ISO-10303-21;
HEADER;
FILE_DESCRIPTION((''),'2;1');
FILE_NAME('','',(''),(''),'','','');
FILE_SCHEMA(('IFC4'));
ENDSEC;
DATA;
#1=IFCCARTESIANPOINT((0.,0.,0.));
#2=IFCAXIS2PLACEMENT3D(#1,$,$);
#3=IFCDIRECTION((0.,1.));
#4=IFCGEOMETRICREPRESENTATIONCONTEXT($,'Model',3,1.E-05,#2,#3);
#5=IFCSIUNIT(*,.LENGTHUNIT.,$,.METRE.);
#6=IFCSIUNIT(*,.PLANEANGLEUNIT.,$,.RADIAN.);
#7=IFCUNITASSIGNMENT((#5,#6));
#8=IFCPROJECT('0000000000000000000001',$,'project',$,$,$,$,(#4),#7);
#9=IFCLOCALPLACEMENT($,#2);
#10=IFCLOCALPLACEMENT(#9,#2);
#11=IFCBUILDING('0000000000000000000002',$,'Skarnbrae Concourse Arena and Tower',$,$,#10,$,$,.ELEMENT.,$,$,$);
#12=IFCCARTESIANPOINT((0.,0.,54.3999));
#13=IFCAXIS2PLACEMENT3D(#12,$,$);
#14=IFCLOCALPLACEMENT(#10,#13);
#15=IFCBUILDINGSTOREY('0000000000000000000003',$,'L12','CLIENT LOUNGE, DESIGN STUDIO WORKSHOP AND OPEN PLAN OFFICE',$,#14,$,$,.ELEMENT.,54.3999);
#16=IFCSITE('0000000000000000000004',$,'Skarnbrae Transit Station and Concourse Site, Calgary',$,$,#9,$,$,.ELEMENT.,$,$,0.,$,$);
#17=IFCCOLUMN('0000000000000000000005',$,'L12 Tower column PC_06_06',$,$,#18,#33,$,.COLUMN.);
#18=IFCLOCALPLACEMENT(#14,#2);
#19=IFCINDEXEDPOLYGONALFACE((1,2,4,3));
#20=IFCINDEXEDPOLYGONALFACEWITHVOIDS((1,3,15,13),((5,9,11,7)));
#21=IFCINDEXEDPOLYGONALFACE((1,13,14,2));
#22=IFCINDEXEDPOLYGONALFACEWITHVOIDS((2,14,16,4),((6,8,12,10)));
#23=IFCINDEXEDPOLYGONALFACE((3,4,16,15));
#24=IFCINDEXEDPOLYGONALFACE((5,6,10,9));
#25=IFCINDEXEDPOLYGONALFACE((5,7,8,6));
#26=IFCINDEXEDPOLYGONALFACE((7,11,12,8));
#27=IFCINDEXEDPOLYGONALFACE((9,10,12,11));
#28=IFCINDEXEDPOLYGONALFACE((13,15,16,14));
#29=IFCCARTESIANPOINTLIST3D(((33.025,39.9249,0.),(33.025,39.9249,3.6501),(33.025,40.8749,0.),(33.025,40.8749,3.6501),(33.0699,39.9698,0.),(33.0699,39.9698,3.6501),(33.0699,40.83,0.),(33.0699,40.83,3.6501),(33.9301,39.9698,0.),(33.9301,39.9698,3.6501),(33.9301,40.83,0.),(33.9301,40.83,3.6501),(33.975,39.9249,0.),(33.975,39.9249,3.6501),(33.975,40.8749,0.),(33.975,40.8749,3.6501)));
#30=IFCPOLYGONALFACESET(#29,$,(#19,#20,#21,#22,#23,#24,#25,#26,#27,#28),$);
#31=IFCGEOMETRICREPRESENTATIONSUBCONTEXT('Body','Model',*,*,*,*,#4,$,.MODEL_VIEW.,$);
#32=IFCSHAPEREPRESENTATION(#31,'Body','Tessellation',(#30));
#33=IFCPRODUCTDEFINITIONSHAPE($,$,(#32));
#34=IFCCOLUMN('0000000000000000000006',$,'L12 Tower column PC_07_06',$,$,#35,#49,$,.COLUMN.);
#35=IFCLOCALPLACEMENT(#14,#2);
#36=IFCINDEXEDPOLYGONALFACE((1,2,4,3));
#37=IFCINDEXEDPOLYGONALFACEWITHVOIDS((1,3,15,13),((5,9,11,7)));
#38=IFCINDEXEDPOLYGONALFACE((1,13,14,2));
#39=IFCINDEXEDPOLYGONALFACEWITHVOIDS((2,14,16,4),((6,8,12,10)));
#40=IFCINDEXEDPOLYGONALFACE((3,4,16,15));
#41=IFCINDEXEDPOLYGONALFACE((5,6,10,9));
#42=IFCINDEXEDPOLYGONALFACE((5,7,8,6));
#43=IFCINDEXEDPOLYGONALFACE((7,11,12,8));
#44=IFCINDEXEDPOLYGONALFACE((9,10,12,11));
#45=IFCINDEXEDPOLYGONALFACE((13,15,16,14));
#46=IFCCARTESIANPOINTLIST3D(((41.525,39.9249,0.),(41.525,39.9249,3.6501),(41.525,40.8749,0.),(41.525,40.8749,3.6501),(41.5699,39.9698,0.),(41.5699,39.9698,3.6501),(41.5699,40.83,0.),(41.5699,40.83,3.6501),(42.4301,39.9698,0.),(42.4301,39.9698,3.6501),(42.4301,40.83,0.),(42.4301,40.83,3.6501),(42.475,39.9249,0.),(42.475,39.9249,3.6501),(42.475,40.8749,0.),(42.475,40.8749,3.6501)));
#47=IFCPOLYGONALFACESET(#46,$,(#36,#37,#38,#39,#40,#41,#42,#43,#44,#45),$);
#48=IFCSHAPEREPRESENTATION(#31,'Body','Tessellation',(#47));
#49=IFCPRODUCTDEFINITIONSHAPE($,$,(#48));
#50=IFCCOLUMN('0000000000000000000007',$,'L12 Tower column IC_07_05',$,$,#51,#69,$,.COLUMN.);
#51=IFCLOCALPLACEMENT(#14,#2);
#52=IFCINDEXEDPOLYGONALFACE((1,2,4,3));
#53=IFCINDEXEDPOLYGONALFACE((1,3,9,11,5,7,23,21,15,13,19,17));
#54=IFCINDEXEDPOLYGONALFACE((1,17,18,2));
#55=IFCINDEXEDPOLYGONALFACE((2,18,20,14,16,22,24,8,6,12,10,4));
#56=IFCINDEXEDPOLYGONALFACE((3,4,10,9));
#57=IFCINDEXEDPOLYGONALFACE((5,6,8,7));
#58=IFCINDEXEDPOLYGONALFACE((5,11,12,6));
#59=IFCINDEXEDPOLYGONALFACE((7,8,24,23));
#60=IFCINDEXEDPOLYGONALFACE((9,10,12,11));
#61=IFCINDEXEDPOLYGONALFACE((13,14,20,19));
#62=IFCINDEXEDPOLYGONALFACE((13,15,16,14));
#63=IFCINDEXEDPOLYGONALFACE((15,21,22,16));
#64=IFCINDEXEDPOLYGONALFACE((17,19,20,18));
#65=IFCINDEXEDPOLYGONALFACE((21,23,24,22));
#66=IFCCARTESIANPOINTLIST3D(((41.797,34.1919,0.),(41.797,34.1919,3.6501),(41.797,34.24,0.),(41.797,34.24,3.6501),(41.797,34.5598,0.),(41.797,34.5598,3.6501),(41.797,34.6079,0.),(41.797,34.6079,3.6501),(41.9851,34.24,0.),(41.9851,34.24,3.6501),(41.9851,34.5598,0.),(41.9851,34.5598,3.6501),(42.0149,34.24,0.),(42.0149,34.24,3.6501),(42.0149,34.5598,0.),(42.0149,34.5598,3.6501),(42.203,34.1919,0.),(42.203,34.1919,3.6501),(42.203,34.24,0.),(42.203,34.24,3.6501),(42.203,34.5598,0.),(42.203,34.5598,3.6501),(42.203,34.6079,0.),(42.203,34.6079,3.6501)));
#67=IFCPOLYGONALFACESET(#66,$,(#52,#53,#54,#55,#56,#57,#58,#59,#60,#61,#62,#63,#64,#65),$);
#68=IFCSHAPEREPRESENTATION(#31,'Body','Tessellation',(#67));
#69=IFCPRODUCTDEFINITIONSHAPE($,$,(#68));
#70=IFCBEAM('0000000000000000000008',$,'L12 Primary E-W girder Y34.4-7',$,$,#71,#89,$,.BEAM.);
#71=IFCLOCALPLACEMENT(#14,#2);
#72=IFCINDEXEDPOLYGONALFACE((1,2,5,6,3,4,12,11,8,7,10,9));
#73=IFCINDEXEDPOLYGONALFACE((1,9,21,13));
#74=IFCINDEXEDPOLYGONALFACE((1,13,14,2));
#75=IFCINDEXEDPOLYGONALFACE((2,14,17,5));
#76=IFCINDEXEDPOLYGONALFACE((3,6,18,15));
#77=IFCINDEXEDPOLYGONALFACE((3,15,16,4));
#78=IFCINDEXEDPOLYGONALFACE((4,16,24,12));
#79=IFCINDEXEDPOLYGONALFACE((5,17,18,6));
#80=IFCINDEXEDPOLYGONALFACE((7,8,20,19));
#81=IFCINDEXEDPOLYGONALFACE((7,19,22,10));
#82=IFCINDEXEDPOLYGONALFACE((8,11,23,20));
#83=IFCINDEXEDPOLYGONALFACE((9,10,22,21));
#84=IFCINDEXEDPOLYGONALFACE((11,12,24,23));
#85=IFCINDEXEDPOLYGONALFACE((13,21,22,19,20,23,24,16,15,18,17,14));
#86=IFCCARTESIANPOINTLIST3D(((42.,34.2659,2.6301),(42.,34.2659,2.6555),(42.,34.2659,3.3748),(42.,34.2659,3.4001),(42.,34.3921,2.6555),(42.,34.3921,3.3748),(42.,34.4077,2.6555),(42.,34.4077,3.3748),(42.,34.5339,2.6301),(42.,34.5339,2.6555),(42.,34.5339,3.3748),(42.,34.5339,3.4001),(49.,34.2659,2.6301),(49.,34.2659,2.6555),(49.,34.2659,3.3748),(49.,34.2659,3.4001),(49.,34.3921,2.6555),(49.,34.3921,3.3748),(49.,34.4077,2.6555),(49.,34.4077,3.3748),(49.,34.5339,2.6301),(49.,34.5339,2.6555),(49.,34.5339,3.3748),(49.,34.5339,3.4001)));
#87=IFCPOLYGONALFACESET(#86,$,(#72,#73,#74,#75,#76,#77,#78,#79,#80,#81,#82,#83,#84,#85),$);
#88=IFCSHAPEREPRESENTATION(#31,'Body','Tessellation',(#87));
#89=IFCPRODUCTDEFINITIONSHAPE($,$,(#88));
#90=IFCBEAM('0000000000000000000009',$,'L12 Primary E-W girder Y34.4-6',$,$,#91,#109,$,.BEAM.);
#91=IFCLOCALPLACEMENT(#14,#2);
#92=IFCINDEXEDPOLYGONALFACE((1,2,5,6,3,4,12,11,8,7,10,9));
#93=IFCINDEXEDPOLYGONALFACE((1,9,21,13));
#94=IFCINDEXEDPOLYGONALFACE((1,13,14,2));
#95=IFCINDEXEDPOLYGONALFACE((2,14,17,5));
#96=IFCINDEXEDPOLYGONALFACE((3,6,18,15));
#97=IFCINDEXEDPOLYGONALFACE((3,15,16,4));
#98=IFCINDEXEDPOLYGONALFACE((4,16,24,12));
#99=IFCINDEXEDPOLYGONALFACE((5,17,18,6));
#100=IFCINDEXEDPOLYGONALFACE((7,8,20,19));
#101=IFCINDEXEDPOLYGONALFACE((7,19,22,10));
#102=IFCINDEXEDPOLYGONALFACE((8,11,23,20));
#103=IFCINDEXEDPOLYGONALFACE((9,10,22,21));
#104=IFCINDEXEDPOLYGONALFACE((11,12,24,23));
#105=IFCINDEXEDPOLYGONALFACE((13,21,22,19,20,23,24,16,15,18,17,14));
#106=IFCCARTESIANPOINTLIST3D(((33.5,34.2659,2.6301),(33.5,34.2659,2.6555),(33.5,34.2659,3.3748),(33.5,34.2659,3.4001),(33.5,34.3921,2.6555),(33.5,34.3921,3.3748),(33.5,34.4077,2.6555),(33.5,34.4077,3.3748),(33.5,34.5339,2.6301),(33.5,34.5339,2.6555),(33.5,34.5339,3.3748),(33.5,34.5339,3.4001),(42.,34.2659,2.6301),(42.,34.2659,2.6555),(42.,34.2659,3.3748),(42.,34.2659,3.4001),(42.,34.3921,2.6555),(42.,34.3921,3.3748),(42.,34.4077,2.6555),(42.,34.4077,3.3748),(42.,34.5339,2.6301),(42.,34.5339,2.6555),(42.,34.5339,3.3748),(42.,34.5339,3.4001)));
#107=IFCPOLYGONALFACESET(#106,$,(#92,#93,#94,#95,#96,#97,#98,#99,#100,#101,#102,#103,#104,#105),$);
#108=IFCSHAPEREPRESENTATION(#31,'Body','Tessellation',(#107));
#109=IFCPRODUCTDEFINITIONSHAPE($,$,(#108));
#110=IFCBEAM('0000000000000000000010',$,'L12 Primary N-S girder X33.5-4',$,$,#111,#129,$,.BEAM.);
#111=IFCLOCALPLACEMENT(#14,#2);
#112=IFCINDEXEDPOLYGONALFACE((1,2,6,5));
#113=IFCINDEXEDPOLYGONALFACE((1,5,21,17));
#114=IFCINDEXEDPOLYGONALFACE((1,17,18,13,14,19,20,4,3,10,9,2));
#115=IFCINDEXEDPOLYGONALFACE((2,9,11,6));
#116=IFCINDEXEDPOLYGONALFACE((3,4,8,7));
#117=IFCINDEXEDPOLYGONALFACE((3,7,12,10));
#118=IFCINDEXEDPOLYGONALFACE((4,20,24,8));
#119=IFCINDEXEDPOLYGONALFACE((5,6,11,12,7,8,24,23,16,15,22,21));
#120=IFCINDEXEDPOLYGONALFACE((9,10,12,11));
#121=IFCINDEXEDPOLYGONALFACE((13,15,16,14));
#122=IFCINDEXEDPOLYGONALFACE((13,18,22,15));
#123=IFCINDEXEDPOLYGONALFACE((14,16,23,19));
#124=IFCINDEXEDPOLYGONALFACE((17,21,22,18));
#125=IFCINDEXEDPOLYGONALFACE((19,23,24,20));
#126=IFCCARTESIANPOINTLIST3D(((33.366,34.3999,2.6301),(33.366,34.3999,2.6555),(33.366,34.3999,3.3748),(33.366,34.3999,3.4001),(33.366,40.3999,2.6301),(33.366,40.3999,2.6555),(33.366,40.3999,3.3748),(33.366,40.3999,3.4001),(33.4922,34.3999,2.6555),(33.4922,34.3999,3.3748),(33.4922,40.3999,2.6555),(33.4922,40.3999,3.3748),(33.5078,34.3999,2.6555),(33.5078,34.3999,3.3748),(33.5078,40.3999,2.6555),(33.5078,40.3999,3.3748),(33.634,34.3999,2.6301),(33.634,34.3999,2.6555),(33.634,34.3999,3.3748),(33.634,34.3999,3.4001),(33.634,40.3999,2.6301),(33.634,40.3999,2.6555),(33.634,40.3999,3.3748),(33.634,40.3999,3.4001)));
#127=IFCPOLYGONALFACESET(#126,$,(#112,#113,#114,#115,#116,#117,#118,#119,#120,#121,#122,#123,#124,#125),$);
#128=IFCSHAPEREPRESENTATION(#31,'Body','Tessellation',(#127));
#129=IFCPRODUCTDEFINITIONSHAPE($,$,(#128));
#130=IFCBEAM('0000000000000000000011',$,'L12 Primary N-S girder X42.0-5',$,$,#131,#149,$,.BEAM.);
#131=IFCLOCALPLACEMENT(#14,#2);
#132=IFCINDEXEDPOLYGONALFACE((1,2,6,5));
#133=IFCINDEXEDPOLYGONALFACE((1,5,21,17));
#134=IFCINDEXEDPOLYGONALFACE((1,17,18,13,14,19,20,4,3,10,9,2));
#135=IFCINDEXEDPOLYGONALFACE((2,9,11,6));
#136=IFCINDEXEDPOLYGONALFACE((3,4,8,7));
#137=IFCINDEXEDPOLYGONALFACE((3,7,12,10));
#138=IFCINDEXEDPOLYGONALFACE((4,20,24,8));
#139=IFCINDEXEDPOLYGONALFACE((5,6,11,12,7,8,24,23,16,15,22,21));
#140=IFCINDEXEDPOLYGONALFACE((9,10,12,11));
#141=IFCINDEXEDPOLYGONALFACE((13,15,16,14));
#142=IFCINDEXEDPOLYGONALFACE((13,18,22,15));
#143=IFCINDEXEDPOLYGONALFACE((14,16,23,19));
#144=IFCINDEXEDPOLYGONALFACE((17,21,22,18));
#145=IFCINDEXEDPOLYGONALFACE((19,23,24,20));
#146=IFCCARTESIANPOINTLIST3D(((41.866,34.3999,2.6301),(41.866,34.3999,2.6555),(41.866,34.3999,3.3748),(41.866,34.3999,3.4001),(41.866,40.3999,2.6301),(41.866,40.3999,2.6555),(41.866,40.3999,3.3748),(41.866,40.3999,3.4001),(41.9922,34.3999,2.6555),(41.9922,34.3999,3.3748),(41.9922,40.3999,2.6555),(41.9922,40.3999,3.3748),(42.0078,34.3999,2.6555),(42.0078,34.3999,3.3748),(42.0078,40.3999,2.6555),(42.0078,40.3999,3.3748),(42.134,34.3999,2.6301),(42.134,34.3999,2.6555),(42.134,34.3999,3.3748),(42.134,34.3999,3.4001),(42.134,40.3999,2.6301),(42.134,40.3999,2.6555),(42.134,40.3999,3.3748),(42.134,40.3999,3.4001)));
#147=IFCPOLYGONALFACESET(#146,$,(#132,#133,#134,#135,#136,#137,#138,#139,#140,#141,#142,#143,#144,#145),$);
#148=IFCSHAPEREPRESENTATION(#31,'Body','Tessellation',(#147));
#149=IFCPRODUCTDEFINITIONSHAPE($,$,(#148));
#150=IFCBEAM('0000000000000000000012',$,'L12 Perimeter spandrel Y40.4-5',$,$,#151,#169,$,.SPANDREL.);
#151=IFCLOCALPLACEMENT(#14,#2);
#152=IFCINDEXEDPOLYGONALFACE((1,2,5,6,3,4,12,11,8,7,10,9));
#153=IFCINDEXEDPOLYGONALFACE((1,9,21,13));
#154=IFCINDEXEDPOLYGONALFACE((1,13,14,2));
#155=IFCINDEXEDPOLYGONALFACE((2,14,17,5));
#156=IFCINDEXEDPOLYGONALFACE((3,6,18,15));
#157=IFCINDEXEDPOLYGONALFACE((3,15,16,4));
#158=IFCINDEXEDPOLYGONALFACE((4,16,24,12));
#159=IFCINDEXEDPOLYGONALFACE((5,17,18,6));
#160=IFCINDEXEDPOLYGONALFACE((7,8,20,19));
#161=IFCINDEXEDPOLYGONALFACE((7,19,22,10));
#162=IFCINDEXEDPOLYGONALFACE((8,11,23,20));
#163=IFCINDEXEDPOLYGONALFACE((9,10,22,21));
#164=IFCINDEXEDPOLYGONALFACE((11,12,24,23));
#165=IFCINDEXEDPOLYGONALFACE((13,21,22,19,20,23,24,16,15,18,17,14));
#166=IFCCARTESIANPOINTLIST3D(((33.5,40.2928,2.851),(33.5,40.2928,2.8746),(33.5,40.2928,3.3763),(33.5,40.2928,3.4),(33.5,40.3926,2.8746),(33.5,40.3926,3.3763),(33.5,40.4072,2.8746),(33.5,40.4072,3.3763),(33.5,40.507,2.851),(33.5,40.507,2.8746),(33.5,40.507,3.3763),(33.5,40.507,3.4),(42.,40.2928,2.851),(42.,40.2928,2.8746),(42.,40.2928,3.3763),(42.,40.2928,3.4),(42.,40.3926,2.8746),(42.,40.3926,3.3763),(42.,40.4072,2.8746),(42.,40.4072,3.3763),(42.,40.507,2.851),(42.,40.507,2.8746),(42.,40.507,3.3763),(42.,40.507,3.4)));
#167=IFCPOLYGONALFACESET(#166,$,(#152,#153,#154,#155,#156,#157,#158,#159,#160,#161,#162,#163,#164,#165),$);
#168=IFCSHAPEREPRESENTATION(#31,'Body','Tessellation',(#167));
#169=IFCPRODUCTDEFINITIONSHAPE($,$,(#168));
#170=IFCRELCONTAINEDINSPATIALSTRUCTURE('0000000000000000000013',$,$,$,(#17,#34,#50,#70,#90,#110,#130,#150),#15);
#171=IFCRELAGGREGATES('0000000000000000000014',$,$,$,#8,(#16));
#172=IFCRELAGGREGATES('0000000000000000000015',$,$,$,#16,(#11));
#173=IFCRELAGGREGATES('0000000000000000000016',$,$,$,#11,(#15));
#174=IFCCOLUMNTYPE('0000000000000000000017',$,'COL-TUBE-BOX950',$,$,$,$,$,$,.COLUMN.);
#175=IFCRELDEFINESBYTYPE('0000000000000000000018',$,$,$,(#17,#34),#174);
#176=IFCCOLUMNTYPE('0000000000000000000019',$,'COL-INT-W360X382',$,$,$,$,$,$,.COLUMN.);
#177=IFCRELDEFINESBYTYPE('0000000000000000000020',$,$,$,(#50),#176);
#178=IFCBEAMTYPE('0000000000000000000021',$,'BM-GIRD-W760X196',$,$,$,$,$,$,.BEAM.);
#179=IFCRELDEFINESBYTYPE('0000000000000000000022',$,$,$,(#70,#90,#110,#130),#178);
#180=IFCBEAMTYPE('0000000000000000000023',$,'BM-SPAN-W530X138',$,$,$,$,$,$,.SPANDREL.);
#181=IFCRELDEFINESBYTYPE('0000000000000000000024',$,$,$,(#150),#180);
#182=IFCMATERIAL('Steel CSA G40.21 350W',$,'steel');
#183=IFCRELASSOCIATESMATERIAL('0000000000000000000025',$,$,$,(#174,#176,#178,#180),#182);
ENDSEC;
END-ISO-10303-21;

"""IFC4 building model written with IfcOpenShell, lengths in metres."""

from ifc_helpers import new_model, si_unit, direction, frame, origin, origin_2d, place, context, subcontext, project, spatial, hollow_rectangle, i_section, extrude, source, transform, mapped, material, material_profile, profile_set, type_object, element, save


model = new_model("IFC4")

# Units and contexts
model_context = context("Model", 3, precision=1e-05, world=origin(), true_north=direction((0.0, 1.0)))
body_context = subcontext(model_context, "Body", "Model", "MODEL_VIEW")
ifc_project = project(units=[si_unit("LENGTHUNIT", "METRE"), si_unit("PLANEANGLEUNIT", "RADIAN")], contexts=[model_context])

# Site, building, storey
site_placement = place(None, origin())
site = spatial("IfcSite", under=ifc_project, at=site_placement, Name="Skarnbrae Transit Station and Concourse Site, Calgary", CompositionType="ELEMENT", RefElevation=0.0)
building_placement = place(site_placement, origin())
building = spatial("IfcBuilding", under=site, at=building_placement, Name="Skarnbrae Concourse Arena and Tower", CompositionType="ELEMENT")
storey_placement = place(building_placement, frame((0.0, 0.0, 54.3999)))
storey = spatial("IfcBuildingStorey", under=building, at=storey_placement, Name="L12", Description="CLIENT LOUNGE, DESIGN STUDIO WORKSHOP AND OPEN PLAN OFFICE", CompositionType="ELEMENT", Elevation=54.3999)

# Columns
ifc_material_1 = material(Name="Steel CSA G40.21 350W", Category="steel")
ifc_material_profile_1 = material_profile(ifc_material_1, hollow_rectangle(XDim=0.95, YDim=0.95, WallThickness=0.0449, at=origin_2d()), Name="BOX950X950X45")
ifc_profile_set_1 = profile_set([ifc_material_profile_1], Name="Steel CSA G40.21 350W")
column_type_1 = type_object("IfcColumnType", Name="COL-TUBE-BOX950", PredefinedType="COLUMN", material=ifc_profile_set_1)
shared_shape_1 = source(origin(), body_context, "Body", "SweptSolid", [
    extrude(hollow_rectangle(XDim=0.95, YDim=0.95, WallThickness=0.0449, at=origin_2d()), origin(), (0.0, 0.0, 1.0), 3.6501),
])
for number, where, z_axis, x_axis, name in (
    (1, (33.5, 40.3999, 0.0), (0.0, 0.0, 1.0), (1.0, 0.0, 0.0), "L12 Tower column PC_06_06"),
    (2, (42.0, 40.3999, 0.0), (0.0, 0.0, 1.0), (1.0, 0.0, 0.0), "L12 Tower column PC_07_06"),
):
    element("IfcColumn", number, at=place(storey_placement, frame(where, z_axis=z_axis, x_axis=x_axis)), inside=storey, type_object=column_type_1, Name=name, PredefinedType="COLUMN", context=body_context, shape_type="MappedRepresentation", body=[
        mapped(shared_shape_1, transform((0.0, 0.0, 0.0))),
    ])
ifc_material_profile_2 = material_profile(ifc_material_1, i_section(OverallWidth=0.406, OverallDepth=0.416, WebThickness=0.0298, FlangeThickness=0.0481, at=origin_2d()), Name="W360X382")
ifc_profile_set_2 = profile_set([ifc_material_profile_2], Name="Steel CSA G40.21 350W")
column_type_2 = type_object("IfcColumnType", Name="COL-INT-W360X382", PredefinedType="COLUMN", material=ifc_profile_set_2)
shared_shape_2 = source(origin(), body_context, "Body", "SweptSolid", [
    extrude(i_section(OverallWidth=0.406, OverallDepth=0.416, WebThickness=0.0298, FlangeThickness=0.0481, at=origin_2d()), origin(), (0.0, 0.0, 1.0), 3.6501),
])
column_placement = place(storey_placement, frame((42.0, 34.3999, 0.0), z_axis=(0.0, 0.0, 1.0), x_axis=(1.0, 0.0, 0.0)))
element("IfcColumn", 3, at=column_placement, inside=storey, type_object=column_type_2, Name="L12 Tower column IC_07_05", PredefinedType="COLUMN", context=body_context, shape_type="MappedRepresentation", body=[
    mapped(shared_shape_2, transform((0.0, 0.0, 0.0))),
])

# Beams
ifc_material_profile_3 = material_profile(ifc_material_1, i_section(OverallWidth=0.2681, OverallDepth=0.77, WebThickness=0.0156, FlangeThickness=0.0254, at=origin_2d()), Name="W760X196")
ifc_profile_set_3 = profile_set([ifc_material_profile_3], Name="Steel CSA G40.21 350W")
beam_type_1 = type_object("IfcBeamType", Name="BM-GIRD-W760X196", PredefinedType="BEAM", material=ifc_profile_set_3)
shared_shape_3 = source(origin(), body_context, "Body", "SweptSolid", [
    extrude(i_section(OverallWidth=0.2681, OverallDepth=0.77, WebThickness=0.0156, FlangeThickness=0.0254, at=origin_2d()), origin(), (0.0, 0.0, 1.0), 7.0),
])
beam_1_placement = place(storey_placement, frame((42.0, 34.3999, 3.0151), z_axis=(1.0, 0.0, 0.0), x_axis=(0.0, 1.0, 0.0)))
element("IfcBeam", 4, at=beam_1_placement, inside=storey, type_object=beam_type_1, Name="L12 Primary E-W girder Y34.4-7", PredefinedType="BEAM", context=body_context, shape_type="MappedRepresentation", body=[
    mapped(shared_shape_3, transform((0.0, 0.0, 0.0))),
])
shared_shape_4 = source(origin(), body_context, "Body", "SweptSolid", [
    extrude(i_section(OverallWidth=0.2681, OverallDepth=0.77, WebThickness=0.0156, FlangeThickness=0.0254, at=origin_2d()), origin(), (0.0, 0.0, 1.0), 8.5),
])
beam_2_placement = place(storey_placement, frame((33.5, 34.3999, 3.0151), z_axis=(1.0, 0.0, 0.0), x_axis=(0.0, 1.0, 0.0)))
element("IfcBeam", 5, at=beam_2_placement, inside=storey, type_object=beam_type_1, Name="L12 Primary E-W girder Y34.4-6", PredefinedType="BEAM", context=body_context, shape_type="MappedRepresentation", body=[
    mapped(shared_shape_4, transform((0.0, 0.0, 0.0))),
])
shared_shape_5 = source(origin(), body_context, "Body", "SweptSolid", [
    extrude(i_section(OverallWidth=0.2681, OverallDepth=0.77, WebThickness=0.0156, FlangeThickness=0.0254, at=origin_2d()), origin(), (0.0, 0.0, 1.0), 6.0),
])
for number, where, z_axis, x_axis, name in (
    (6, (33.5, 34.3999, 3.0151), (0.0, 1.0, 0.0), (-1.0, 0.0, 0.0), "L12 Primary N-S girder X33.5-4"),
    (7, (42.0, 34.3999, 3.0151), (0.0, 1.0, 0.0), (-1.0, 0.0, 0.0), "L12 Primary N-S girder X42.0-5"),
):
    element("IfcBeam", number, at=place(storey_placement, frame(where, z_axis=z_axis, x_axis=x_axis)), inside=storey, type_object=beam_type_1, Name=name, PredefinedType="BEAM", context=body_context, shape_type="MappedRepresentation", body=[
        mapped(shared_shape_5, transform((0.0, 0.0, 0.0))),
    ])
ifc_material_profile_4 = material_profile(ifc_material_1, i_section(OverallWidth=0.2141, OverallDepth=0.5491, WebThickness=0.0146, FlangeThickness=0.0237, at=origin_2d()), Name="W530X138")
ifc_profile_set_4 = profile_set([ifc_material_profile_4], Name="Steel CSA G40.21 350W")
beam_type_2 = type_object("IfcBeamType", Name="BM-SPAN-W530X138", PredefinedType="SPANDREL", material=ifc_profile_set_4)
shared_shape_6 = source(origin(), body_context, "Body", "SweptSolid", [
    extrude(i_section(OverallWidth=0.2141, OverallDepth=0.5491, WebThickness=0.0146, FlangeThickness=0.0237, at=origin_2d()), origin(), (0.0, 0.0, 1.0), 8.5),
])
beam_3_placement = place(storey_placement, frame((33.5, 40.3999, 3.1255), z_axis=(1.0, 0.0, 0.0), x_axis=(0.0, 1.0, 0.0)))
element("IfcBeam", 8, at=beam_3_placement, inside=storey, type_object=beam_type_2, Name="L12 Perimeter spandrel Y40.4-5", PredefinedType="SPANDREL", context=body_context, shape_type="MappedRepresentation", body=[
    mapped(shared_shape_6, transform((0.0, 0.0, 0.0))),
])

save(model, "model.ifc")
